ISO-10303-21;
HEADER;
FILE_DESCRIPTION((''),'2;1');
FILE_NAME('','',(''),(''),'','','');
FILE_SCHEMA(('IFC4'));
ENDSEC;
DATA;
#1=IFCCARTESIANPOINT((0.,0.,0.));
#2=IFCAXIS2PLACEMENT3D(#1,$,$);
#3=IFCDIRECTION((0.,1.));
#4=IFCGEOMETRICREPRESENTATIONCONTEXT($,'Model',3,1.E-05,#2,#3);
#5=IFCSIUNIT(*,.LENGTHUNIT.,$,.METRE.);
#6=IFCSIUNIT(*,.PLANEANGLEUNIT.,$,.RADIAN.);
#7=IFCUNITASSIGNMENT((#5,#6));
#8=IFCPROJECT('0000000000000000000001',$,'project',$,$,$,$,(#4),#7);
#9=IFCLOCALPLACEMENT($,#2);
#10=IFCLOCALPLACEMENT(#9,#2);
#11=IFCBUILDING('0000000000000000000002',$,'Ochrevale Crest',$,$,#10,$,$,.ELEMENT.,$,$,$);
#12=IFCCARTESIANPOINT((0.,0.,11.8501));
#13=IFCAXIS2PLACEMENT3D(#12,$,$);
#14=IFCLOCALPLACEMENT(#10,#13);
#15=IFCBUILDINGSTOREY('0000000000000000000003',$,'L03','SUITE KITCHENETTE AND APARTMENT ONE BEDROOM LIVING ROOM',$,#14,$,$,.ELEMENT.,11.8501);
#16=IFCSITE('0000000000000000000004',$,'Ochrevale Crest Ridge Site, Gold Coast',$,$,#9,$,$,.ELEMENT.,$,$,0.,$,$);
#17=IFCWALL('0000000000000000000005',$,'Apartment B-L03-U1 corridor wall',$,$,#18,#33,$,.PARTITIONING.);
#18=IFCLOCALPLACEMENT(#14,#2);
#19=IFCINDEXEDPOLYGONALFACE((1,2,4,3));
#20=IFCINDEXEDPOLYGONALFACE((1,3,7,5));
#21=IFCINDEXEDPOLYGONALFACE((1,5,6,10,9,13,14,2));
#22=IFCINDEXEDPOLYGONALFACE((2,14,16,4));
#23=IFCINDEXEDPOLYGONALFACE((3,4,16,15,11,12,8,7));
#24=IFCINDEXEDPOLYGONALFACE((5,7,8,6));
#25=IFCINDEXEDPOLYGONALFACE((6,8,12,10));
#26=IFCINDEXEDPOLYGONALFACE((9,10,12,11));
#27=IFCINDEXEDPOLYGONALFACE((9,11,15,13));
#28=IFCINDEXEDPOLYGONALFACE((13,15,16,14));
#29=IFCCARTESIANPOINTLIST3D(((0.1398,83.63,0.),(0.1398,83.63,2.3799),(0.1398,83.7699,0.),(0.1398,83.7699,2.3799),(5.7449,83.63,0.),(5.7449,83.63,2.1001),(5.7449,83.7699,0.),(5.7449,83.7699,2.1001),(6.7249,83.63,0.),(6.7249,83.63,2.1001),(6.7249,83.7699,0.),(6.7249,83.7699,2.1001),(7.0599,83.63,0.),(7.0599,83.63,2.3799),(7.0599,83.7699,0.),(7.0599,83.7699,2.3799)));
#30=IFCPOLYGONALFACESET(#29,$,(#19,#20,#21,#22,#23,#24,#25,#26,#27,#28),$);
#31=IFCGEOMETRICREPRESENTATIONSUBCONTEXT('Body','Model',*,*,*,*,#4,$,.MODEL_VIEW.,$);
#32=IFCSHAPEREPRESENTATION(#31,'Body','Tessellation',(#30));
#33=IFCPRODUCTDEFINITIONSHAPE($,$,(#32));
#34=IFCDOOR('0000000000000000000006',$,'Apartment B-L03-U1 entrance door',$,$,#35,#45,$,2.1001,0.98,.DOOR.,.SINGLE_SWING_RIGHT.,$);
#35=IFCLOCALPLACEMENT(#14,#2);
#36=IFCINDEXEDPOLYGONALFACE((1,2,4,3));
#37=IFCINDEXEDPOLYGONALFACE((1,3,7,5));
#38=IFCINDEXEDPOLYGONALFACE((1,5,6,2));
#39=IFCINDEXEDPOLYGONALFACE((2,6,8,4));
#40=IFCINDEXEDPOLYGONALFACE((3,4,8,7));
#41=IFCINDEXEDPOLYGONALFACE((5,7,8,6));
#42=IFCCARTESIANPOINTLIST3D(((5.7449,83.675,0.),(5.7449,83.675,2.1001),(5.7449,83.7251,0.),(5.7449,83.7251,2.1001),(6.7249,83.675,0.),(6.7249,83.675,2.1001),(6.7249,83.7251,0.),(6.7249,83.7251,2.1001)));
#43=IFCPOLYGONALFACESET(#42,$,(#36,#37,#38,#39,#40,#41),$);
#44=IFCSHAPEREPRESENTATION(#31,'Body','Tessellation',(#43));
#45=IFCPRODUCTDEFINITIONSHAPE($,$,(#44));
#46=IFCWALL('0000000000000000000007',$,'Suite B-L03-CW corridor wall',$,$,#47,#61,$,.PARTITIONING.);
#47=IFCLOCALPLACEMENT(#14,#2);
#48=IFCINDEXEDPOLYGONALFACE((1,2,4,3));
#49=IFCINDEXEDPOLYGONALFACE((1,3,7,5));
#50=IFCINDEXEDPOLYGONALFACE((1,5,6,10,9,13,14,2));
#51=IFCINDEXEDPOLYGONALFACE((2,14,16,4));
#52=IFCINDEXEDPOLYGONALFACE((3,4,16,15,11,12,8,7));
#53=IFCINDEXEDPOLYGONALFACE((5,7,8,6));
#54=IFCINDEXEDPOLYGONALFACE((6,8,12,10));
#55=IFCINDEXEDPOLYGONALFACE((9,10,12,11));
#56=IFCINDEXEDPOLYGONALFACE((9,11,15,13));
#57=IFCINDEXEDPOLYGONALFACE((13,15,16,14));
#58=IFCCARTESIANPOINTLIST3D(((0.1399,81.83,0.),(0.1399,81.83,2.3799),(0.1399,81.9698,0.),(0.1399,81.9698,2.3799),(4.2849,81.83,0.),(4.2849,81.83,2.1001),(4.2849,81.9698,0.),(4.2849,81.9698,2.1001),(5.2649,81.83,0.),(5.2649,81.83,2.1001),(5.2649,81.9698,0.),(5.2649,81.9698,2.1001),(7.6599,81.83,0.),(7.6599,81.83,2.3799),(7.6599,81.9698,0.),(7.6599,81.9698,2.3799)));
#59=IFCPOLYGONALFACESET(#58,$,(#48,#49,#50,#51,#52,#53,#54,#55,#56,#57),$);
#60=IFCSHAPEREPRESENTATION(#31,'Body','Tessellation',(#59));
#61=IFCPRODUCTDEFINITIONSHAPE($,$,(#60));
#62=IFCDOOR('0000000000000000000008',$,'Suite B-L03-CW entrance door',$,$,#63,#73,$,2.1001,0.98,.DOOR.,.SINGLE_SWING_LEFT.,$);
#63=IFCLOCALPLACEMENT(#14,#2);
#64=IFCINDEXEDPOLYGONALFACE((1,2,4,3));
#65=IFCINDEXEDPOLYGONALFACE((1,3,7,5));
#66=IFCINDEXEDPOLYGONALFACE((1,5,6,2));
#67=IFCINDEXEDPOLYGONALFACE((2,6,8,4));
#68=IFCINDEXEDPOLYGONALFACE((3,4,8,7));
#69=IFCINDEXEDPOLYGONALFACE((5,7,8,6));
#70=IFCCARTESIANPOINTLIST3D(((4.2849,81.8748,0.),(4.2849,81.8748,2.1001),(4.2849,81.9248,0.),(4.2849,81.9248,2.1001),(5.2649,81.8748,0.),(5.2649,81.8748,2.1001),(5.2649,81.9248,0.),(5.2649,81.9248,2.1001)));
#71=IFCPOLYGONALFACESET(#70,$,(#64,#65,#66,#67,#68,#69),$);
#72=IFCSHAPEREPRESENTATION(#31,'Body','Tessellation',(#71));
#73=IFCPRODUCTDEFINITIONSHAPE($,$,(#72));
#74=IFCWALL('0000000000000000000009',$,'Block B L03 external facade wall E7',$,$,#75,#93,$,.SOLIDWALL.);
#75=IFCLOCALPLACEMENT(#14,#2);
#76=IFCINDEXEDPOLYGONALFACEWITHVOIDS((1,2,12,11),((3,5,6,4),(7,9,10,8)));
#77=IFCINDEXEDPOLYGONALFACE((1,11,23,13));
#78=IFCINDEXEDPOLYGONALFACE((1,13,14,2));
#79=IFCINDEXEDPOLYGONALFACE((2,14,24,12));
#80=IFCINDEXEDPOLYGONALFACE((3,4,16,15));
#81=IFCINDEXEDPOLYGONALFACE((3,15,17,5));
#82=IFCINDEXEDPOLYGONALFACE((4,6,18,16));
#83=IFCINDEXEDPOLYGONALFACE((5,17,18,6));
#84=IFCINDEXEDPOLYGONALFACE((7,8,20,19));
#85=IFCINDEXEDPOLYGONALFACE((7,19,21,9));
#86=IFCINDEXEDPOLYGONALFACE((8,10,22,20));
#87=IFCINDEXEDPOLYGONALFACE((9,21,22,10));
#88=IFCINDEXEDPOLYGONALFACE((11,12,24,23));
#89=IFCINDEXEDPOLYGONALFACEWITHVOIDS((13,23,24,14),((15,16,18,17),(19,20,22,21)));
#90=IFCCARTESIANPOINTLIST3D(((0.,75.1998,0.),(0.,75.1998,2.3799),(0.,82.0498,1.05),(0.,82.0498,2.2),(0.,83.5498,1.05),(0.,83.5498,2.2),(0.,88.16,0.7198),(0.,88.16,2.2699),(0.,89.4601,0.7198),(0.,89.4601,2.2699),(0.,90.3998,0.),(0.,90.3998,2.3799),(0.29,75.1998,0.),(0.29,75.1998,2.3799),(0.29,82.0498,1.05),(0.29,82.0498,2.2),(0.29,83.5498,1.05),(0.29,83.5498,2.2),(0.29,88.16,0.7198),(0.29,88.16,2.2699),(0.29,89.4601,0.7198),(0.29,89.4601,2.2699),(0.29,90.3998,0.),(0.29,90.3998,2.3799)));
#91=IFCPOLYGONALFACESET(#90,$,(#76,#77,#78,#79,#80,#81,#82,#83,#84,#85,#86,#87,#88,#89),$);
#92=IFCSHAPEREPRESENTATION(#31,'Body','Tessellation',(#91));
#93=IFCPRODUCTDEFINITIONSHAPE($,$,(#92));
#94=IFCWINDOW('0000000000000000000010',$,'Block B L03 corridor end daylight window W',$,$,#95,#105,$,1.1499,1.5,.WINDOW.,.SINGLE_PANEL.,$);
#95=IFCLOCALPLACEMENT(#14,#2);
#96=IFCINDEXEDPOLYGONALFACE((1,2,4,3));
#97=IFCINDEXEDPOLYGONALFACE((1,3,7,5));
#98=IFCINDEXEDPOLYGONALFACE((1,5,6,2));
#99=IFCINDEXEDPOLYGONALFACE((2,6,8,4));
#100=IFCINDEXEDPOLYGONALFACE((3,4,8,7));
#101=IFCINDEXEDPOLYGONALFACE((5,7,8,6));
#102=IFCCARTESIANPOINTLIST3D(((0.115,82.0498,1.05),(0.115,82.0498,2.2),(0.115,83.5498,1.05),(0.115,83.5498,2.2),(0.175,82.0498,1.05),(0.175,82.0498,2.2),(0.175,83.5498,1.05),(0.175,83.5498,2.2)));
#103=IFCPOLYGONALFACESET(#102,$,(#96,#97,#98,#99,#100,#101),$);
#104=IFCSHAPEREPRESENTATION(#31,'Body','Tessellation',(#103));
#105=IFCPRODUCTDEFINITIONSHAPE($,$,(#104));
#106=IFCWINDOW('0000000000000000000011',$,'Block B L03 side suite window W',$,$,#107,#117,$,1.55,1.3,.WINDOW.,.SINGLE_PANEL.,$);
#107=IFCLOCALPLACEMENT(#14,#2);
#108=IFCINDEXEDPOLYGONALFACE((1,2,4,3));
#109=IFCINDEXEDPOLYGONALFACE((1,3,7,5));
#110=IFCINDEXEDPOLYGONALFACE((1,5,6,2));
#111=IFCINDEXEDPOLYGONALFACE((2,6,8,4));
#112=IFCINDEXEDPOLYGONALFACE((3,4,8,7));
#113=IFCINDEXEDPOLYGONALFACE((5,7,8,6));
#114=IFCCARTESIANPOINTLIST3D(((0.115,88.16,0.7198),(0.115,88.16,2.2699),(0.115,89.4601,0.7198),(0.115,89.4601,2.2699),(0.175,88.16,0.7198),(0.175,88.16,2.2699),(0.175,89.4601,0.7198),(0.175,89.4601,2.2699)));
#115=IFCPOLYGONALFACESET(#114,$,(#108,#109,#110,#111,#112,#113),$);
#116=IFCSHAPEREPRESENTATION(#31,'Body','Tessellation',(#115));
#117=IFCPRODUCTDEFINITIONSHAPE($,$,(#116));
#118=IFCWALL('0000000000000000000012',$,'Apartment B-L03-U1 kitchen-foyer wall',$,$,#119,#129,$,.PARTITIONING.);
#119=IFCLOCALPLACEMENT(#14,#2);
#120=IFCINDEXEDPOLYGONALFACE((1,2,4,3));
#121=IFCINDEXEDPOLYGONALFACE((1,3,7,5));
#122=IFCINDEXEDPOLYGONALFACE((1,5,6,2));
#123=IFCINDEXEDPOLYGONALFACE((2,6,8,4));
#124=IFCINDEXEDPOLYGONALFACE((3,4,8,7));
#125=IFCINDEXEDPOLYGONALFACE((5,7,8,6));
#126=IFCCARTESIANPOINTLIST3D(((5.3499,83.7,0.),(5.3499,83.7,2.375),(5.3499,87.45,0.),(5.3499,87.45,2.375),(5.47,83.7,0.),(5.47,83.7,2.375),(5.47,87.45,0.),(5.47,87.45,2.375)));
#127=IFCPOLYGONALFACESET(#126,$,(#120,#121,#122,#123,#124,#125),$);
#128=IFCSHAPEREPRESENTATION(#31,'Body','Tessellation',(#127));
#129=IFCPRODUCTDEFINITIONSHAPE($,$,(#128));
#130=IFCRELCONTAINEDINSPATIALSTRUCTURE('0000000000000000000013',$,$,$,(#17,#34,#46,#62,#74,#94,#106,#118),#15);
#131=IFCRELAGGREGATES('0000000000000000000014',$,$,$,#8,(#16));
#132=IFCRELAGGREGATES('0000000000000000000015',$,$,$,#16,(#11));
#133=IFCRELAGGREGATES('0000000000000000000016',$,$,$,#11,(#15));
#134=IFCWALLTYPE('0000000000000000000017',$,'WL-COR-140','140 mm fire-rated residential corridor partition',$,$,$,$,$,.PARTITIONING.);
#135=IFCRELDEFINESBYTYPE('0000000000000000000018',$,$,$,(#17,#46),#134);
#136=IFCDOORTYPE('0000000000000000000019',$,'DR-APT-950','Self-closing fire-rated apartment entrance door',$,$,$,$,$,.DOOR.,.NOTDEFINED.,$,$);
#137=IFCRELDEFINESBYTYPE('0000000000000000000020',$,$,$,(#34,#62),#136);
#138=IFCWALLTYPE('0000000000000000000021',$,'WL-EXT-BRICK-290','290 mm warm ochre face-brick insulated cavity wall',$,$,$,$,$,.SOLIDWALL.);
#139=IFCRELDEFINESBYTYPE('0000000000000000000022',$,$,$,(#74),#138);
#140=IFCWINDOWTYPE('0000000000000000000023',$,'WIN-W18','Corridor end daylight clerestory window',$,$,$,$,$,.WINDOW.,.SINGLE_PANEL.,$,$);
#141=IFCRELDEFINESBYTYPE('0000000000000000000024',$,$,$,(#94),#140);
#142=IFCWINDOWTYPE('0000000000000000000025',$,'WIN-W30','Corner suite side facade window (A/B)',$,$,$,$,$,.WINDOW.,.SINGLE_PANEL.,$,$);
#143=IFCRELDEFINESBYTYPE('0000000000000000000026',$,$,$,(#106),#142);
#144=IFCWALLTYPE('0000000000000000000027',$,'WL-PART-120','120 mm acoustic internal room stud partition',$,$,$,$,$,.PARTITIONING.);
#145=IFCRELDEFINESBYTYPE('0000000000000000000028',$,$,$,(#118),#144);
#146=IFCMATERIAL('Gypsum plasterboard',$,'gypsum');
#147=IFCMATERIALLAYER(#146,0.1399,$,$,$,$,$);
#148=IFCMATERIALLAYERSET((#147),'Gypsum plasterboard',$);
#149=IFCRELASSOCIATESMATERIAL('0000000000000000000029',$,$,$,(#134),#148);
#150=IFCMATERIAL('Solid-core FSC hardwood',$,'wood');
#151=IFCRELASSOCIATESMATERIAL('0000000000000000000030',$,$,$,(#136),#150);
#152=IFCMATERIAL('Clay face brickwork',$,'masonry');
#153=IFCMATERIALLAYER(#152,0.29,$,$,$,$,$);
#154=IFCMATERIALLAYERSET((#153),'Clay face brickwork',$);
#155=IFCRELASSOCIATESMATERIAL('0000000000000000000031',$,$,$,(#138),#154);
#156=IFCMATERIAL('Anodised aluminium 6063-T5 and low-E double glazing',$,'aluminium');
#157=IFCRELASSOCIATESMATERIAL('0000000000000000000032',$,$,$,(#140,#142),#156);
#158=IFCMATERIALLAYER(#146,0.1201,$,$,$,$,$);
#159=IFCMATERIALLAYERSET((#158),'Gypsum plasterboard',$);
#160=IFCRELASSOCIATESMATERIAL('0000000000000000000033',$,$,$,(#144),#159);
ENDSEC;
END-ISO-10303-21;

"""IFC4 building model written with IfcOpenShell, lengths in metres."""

from ifc_helpers import new_model, si_unit, direction, frame, frame_2d, origin, place, context, subcontext, project, spatial, rectangle, extrude, material, layer, layer_set, type_object, element, fill, save


model = new_model("IFC4")

# Units and contexts
model_context = context("Model", 3, precision=1e-05, world=origin(), true_north=direction((0.0, 1.0)))
body_context = subcontext(model_context, "Body", "Model", "MODEL_VIEW")
ifc_project = project(units=[si_unit("LENGTHUNIT", "METRE"), si_unit("PLANEANGLEUNIT", "RADIAN")], contexts=[model_context])

# Site, building, storey
site_placement = place(None, origin())
site = spatial("IfcSite", under=ifc_project, at=site_placement, Name="Ochrevale Crest Ridge Site, Gold Coast", CompositionType="ELEMENT", RefElevation=0.0)
building_placement = place(site_placement, origin())
building = spatial("IfcBuilding", under=site, at=building_placement, Name="Ochrevale Crest", CompositionType="ELEMENT")
storey_placement = place(building_placement, frame((0.0, 0.0, 11.8501)))
storey = spatial("IfcBuildingStorey", under=building, at=storey_placement, Name="L03", Description="SUITE KITCHENETTE AND APARTMENT ONE BEDROOM LIVING ROOM", CompositionType="ELEMENT", Elevation=11.8501)

# Walls, openings, doors
ifc_material_1 = material(Name="Gypsum plasterboard", Category="gypsum")
ifc_layer_1 = layer(ifc_material_1, 0.1399)
ifc_layer_set_1 = layer_set([ifc_layer_1], Name="Gypsum plasterboard")
wall_type_1 = type_object("IfcWallType", Name="WL-COR-140", Description="140 mm fire-rated residential corridor partition", PredefinedType="PARTITIONING", material=ifc_layer_set_1)
wall_1_placement = place(storey_placement, frame((0.1399, 83.7, 0.0), z_axis=(0.0, 0.0, 1.0), x_axis=(1.0, 0.0, 0.0)))
wall_1 = element("IfcWall", 1, at=wall_1_placement, inside=storey, type_object=wall_type_1, Name="Apartment B-L03-U1 corridor wall", PredefinedType="PARTITIONING", context=body_context, shape_type="SweptSolid", body=[
    extrude(rectangle(XDim=6.9202, YDim=0.1399, at=frame_2d((3.46, 0.0))), origin(), (0.0, 0.0, 1.0), 2.3799),
])
opening_1_placement = place(wall_1_placement, frame((6.585, 0.0, 0.0), z_axis=(0.0, 0.0, 1.0), x_axis=(-1.0, 0.0, 0.0)))
opening_1 = element("IfcOpeningElement", 2, at=opening_1_placement, cuts=wall_1, PredefinedType="OPENING", context=body_context, shape_type="SweptSolid", body=[
    extrude(rectangle(XDim=0.98, YDim=2.1001, at=frame_2d((0.49, 1.05))), frame((0.0, 0.0801, 0.0), z_axis=(0.0, -1.0, 0.0), x_axis=(1.0, 0.0, 0.0)), (0.0, 0.0, 1.0), 0.1599),
])
ifc_material_2 = material(Name="Solid-core FSC hardwood", Category="wood")
door_type_1 = type_object("IfcDoorType", Name="DR-APT-950", Description="Self-closing fire-rated apartment entrance door", OperationType="NOTDEFINED", PredefinedType="DOOR", material=ifc_material_2)
door_1_placement = place(opening_1_placement, origin())
door_1 = element("IfcDoor", 3, at=door_1_placement, inside=storey, type_object=door_type_1, Name="Apartment B-L03-U1 entrance door", OperationType="SINGLE_SWING_RIGHT", OverallHeight=2.1001, OverallWidth=0.98, PredefinedType="DOOR", context=body_context, shape_type="SweptSolid", body=[
    extrude(rectangle(XDim=0.98, YDim=2.1001, at=frame_2d((0.49, 1.05))), frame((0.0, 0.0249, 0.0), z_axis=(0.0, -1.0, 0.0), x_axis=(1.0, 0.0, 0.0)), (0.0, 0.0, 1.0), 0.05),
])
fill(opening_1, door_1)
wall_2_placement = place(storey_placement, frame((0.1399, 81.8999, 0.0), z_axis=(0.0, 0.0, 1.0), x_axis=(1.0, 0.0, 0.0)))
wall_2 = element("IfcWall", 4, at=wall_2_placement, inside=storey, type_object=wall_type_1, Name="Suite B-L03-CW corridor wall", PredefinedType="PARTITIONING", context=body_context, shape_type="SweptSolid", body=[
    extrude(rectangle(XDim=7.52, YDim=0.1399, at=frame_2d((3.76, 0.0))), origin(), (0.0, 0.0, 1.0), 2.3799),
])
opening_2_placement = place(wall_2_placement, frame((4.145, 0.0, 0.0)))
opening_2 = element("IfcOpeningElement", 5, at=opening_2_placement, cuts=wall_2, PredefinedType="OPENING", context=body_context, shape_type="SweptSolid", body=[
    extrude(rectangle(XDim=0.98, YDim=2.1001, at=frame_2d((0.49, 1.05))), frame((0.0, 0.0801, 0.0), z_axis=(0.0, -1.0, 0.0), x_axis=(1.0, 0.0, 0.0)), (0.0, 0.0, 1.0), 0.1599),
])
door_2_placement = place(opening_2_placement, origin())
door_2 = element("IfcDoor", 6, at=door_2_placement, inside=storey, type_object=door_type_1, Name="Suite B-L03-CW entrance door", OperationType="SINGLE_SWING_LEFT", OverallHeight=2.1001, OverallWidth=0.98, PredefinedType="DOOR", context=body_context, shape_type="SweptSolid", body=[
    extrude(rectangle(XDim=0.98, YDim=2.1001, at=frame_2d((0.49, 1.05))), frame((0.0, 0.0249, 0.0), z_axis=(0.0, -1.0, 0.0), x_axis=(1.0, 0.0, 0.0)), (0.0, 0.0, 1.0), 0.05),
])
fill(opening_2, door_2)

# Wall, openings, windows
ifc_material_3 = material(Name="Clay face brickwork", Category="masonry")
ifc_layer_2 = layer(ifc_material_3, 0.29)
ifc_layer_set_2 = layer_set([ifc_layer_2], Name="Clay face brickwork")
wall_type_2 = type_object("IfcWallType", Name="WL-EXT-BRICK-290", Description="290 mm warm ochre face-brick insulated cavity wall", PredefinedType="SOLIDWALL", material=ifc_layer_set_2)
wall_3_placement = place(storey_placement, frame((0.145, 90.3999, 0.0), z_axis=(0.0, 0.0, 1.0), x_axis=(0.0, -1.0, 0.0)))
wall_3 = element("IfcWall", 7, at=wall_3_placement, inside=storey, type_object=wall_type_2, Name="Block B L03 external facade wall E7", PredefinedType="SOLIDWALL", context=body_context, shape_type="SweptSolid", body=[
    extrude(rectangle(XDim=15.2, YDim=0.29, at=frame_2d((7.6001, 0.0))), origin(), (0.0, 0.0, 1.0), 2.3799),
])
opening_3_placement = place(wall_3_placement, frame((6.8501, 0.0, 1.05)))
opening_3 = element("IfcOpeningElement", 8, at=opening_3_placement, cuts=wall_3, PredefinedType="OPENING", context=body_context, shape_type="SweptSolid", body=[
    extrude(rectangle(XDim=1.5, YDim=1.1499, at=frame_2d((0.75, 0.575))), frame((0.0, 0.155, 0.0), z_axis=(0.0, -1.0, 0.0), x_axis=(1.0, 0.0, 0.0)), (0.0, 0.0, 1.0), 0.3101),
])
opening_4_placement = place(wall_3_placement, frame((0.9399, 0.0, 0.72)))
opening_4 = element("IfcOpeningElement", 9, at=opening_4_placement, cuts=wall_3, PredefinedType="OPENING", context=body_context, shape_type="SweptSolid", body=[
    extrude(rectangle(XDim=1.3, YDim=1.55, at=frame_2d((0.6499, 0.7749))), frame((0.0, 0.155, 0.0), z_axis=(0.0, -1.0, 0.0), x_axis=(1.0, 0.0, 0.0)), (0.0, 0.0, 1.0), 0.3101),
])
ifc_material_4 = material(Name="Anodised aluminium 6063-T5 and low-E double glazing", Category="aluminium")
window_type_1 = type_object("IfcWindowType", Name="WIN-W18", Description="Corridor end daylight clerestory window", PartitioningType="SINGLE_PANEL", PredefinedType="WINDOW", material=ifc_material_4)
window_1_placement = place(opening_3_placement, origin())
window_1 = element("IfcWindow", 10, at=window_1_placement, inside=storey, type_object=window_type_1, Name="Block B L03 corridor end daylight window W", OverallHeight=1.1499, OverallWidth=1.5, PartitioningType="SINGLE_PANEL", PredefinedType="WINDOW", context=body_context, shape_type="SweptSolid", body=[
    extrude(rectangle(XDim=1.5, YDim=1.1499, at=frame_2d((0.75, 0.575))), frame((0.0, 0.03, 0.0), z_axis=(0.0, -1.0, 0.0), x_axis=(1.0, 0.0, 0.0)), (0.0, 0.0, 1.0), 0.0601),
])
fill(opening_3, window_1)
window_type_2 = type_object("IfcWindowType", Name="WIN-W30", Description="Corner suite side facade window (A/B)", PartitioningType="SINGLE_PANEL", PredefinedType="WINDOW", material=ifc_material_4)
window_2_placement = place(opening_4_placement, origin())
window_2 = element("IfcWindow", 11, at=window_2_placement, inside=storey, type_object=window_type_2, Name="Block B L03 side suite window W", OverallHeight=1.55, OverallWidth=1.3, PartitioningType="SINGLE_PANEL", PredefinedType="WINDOW", context=body_context, shape_type="SweptSolid", body=[
    extrude(rectangle(XDim=1.3, YDim=1.55, at=frame_2d((0.6499, 0.7749))), frame((0.0, 0.03, 0.0), z_axis=(0.0, -1.0, 0.0), x_axis=(1.0, 0.0, 0.0)), (0.0, 0.0, 1.0), 0.0601),
])
fill(opening_4, window_2)

# Wall
ifc_layer_3 = layer(ifc_material_1, 0.1201)
ifc_layer_set_3 = layer_set([ifc_layer_3], Name="Gypsum plasterboard")
wall_type_3 = type_object("IfcWallType", Name="WL-PART-120", Description="120 mm acoustic internal room stud partition", PredefinedType="PARTITIONING", material=ifc_layer_set_3)
wall_4_placement = place(storey_placement, frame((5.4099, 83.7, 0.0), z_axis=(0.0, 0.0, 1.0), x_axis=(0.0, 1.0, 0.0)))
element("IfcWall", 12, at=wall_4_placement, inside=storey, type_object=wall_type_3, Name="Apartment B-L03-U1 kitchen-foyer wall", PredefinedType="PARTITIONING", context=body_context, shape_type="SweptSolid", body=[
    extrude(rectangle(XDim=3.75, YDim=0.1201, at=frame_2d((1.875, 0.0))), origin(), (0.0, 0.0, 1.0), 2.375),
])

save(model, "model.ifc")
